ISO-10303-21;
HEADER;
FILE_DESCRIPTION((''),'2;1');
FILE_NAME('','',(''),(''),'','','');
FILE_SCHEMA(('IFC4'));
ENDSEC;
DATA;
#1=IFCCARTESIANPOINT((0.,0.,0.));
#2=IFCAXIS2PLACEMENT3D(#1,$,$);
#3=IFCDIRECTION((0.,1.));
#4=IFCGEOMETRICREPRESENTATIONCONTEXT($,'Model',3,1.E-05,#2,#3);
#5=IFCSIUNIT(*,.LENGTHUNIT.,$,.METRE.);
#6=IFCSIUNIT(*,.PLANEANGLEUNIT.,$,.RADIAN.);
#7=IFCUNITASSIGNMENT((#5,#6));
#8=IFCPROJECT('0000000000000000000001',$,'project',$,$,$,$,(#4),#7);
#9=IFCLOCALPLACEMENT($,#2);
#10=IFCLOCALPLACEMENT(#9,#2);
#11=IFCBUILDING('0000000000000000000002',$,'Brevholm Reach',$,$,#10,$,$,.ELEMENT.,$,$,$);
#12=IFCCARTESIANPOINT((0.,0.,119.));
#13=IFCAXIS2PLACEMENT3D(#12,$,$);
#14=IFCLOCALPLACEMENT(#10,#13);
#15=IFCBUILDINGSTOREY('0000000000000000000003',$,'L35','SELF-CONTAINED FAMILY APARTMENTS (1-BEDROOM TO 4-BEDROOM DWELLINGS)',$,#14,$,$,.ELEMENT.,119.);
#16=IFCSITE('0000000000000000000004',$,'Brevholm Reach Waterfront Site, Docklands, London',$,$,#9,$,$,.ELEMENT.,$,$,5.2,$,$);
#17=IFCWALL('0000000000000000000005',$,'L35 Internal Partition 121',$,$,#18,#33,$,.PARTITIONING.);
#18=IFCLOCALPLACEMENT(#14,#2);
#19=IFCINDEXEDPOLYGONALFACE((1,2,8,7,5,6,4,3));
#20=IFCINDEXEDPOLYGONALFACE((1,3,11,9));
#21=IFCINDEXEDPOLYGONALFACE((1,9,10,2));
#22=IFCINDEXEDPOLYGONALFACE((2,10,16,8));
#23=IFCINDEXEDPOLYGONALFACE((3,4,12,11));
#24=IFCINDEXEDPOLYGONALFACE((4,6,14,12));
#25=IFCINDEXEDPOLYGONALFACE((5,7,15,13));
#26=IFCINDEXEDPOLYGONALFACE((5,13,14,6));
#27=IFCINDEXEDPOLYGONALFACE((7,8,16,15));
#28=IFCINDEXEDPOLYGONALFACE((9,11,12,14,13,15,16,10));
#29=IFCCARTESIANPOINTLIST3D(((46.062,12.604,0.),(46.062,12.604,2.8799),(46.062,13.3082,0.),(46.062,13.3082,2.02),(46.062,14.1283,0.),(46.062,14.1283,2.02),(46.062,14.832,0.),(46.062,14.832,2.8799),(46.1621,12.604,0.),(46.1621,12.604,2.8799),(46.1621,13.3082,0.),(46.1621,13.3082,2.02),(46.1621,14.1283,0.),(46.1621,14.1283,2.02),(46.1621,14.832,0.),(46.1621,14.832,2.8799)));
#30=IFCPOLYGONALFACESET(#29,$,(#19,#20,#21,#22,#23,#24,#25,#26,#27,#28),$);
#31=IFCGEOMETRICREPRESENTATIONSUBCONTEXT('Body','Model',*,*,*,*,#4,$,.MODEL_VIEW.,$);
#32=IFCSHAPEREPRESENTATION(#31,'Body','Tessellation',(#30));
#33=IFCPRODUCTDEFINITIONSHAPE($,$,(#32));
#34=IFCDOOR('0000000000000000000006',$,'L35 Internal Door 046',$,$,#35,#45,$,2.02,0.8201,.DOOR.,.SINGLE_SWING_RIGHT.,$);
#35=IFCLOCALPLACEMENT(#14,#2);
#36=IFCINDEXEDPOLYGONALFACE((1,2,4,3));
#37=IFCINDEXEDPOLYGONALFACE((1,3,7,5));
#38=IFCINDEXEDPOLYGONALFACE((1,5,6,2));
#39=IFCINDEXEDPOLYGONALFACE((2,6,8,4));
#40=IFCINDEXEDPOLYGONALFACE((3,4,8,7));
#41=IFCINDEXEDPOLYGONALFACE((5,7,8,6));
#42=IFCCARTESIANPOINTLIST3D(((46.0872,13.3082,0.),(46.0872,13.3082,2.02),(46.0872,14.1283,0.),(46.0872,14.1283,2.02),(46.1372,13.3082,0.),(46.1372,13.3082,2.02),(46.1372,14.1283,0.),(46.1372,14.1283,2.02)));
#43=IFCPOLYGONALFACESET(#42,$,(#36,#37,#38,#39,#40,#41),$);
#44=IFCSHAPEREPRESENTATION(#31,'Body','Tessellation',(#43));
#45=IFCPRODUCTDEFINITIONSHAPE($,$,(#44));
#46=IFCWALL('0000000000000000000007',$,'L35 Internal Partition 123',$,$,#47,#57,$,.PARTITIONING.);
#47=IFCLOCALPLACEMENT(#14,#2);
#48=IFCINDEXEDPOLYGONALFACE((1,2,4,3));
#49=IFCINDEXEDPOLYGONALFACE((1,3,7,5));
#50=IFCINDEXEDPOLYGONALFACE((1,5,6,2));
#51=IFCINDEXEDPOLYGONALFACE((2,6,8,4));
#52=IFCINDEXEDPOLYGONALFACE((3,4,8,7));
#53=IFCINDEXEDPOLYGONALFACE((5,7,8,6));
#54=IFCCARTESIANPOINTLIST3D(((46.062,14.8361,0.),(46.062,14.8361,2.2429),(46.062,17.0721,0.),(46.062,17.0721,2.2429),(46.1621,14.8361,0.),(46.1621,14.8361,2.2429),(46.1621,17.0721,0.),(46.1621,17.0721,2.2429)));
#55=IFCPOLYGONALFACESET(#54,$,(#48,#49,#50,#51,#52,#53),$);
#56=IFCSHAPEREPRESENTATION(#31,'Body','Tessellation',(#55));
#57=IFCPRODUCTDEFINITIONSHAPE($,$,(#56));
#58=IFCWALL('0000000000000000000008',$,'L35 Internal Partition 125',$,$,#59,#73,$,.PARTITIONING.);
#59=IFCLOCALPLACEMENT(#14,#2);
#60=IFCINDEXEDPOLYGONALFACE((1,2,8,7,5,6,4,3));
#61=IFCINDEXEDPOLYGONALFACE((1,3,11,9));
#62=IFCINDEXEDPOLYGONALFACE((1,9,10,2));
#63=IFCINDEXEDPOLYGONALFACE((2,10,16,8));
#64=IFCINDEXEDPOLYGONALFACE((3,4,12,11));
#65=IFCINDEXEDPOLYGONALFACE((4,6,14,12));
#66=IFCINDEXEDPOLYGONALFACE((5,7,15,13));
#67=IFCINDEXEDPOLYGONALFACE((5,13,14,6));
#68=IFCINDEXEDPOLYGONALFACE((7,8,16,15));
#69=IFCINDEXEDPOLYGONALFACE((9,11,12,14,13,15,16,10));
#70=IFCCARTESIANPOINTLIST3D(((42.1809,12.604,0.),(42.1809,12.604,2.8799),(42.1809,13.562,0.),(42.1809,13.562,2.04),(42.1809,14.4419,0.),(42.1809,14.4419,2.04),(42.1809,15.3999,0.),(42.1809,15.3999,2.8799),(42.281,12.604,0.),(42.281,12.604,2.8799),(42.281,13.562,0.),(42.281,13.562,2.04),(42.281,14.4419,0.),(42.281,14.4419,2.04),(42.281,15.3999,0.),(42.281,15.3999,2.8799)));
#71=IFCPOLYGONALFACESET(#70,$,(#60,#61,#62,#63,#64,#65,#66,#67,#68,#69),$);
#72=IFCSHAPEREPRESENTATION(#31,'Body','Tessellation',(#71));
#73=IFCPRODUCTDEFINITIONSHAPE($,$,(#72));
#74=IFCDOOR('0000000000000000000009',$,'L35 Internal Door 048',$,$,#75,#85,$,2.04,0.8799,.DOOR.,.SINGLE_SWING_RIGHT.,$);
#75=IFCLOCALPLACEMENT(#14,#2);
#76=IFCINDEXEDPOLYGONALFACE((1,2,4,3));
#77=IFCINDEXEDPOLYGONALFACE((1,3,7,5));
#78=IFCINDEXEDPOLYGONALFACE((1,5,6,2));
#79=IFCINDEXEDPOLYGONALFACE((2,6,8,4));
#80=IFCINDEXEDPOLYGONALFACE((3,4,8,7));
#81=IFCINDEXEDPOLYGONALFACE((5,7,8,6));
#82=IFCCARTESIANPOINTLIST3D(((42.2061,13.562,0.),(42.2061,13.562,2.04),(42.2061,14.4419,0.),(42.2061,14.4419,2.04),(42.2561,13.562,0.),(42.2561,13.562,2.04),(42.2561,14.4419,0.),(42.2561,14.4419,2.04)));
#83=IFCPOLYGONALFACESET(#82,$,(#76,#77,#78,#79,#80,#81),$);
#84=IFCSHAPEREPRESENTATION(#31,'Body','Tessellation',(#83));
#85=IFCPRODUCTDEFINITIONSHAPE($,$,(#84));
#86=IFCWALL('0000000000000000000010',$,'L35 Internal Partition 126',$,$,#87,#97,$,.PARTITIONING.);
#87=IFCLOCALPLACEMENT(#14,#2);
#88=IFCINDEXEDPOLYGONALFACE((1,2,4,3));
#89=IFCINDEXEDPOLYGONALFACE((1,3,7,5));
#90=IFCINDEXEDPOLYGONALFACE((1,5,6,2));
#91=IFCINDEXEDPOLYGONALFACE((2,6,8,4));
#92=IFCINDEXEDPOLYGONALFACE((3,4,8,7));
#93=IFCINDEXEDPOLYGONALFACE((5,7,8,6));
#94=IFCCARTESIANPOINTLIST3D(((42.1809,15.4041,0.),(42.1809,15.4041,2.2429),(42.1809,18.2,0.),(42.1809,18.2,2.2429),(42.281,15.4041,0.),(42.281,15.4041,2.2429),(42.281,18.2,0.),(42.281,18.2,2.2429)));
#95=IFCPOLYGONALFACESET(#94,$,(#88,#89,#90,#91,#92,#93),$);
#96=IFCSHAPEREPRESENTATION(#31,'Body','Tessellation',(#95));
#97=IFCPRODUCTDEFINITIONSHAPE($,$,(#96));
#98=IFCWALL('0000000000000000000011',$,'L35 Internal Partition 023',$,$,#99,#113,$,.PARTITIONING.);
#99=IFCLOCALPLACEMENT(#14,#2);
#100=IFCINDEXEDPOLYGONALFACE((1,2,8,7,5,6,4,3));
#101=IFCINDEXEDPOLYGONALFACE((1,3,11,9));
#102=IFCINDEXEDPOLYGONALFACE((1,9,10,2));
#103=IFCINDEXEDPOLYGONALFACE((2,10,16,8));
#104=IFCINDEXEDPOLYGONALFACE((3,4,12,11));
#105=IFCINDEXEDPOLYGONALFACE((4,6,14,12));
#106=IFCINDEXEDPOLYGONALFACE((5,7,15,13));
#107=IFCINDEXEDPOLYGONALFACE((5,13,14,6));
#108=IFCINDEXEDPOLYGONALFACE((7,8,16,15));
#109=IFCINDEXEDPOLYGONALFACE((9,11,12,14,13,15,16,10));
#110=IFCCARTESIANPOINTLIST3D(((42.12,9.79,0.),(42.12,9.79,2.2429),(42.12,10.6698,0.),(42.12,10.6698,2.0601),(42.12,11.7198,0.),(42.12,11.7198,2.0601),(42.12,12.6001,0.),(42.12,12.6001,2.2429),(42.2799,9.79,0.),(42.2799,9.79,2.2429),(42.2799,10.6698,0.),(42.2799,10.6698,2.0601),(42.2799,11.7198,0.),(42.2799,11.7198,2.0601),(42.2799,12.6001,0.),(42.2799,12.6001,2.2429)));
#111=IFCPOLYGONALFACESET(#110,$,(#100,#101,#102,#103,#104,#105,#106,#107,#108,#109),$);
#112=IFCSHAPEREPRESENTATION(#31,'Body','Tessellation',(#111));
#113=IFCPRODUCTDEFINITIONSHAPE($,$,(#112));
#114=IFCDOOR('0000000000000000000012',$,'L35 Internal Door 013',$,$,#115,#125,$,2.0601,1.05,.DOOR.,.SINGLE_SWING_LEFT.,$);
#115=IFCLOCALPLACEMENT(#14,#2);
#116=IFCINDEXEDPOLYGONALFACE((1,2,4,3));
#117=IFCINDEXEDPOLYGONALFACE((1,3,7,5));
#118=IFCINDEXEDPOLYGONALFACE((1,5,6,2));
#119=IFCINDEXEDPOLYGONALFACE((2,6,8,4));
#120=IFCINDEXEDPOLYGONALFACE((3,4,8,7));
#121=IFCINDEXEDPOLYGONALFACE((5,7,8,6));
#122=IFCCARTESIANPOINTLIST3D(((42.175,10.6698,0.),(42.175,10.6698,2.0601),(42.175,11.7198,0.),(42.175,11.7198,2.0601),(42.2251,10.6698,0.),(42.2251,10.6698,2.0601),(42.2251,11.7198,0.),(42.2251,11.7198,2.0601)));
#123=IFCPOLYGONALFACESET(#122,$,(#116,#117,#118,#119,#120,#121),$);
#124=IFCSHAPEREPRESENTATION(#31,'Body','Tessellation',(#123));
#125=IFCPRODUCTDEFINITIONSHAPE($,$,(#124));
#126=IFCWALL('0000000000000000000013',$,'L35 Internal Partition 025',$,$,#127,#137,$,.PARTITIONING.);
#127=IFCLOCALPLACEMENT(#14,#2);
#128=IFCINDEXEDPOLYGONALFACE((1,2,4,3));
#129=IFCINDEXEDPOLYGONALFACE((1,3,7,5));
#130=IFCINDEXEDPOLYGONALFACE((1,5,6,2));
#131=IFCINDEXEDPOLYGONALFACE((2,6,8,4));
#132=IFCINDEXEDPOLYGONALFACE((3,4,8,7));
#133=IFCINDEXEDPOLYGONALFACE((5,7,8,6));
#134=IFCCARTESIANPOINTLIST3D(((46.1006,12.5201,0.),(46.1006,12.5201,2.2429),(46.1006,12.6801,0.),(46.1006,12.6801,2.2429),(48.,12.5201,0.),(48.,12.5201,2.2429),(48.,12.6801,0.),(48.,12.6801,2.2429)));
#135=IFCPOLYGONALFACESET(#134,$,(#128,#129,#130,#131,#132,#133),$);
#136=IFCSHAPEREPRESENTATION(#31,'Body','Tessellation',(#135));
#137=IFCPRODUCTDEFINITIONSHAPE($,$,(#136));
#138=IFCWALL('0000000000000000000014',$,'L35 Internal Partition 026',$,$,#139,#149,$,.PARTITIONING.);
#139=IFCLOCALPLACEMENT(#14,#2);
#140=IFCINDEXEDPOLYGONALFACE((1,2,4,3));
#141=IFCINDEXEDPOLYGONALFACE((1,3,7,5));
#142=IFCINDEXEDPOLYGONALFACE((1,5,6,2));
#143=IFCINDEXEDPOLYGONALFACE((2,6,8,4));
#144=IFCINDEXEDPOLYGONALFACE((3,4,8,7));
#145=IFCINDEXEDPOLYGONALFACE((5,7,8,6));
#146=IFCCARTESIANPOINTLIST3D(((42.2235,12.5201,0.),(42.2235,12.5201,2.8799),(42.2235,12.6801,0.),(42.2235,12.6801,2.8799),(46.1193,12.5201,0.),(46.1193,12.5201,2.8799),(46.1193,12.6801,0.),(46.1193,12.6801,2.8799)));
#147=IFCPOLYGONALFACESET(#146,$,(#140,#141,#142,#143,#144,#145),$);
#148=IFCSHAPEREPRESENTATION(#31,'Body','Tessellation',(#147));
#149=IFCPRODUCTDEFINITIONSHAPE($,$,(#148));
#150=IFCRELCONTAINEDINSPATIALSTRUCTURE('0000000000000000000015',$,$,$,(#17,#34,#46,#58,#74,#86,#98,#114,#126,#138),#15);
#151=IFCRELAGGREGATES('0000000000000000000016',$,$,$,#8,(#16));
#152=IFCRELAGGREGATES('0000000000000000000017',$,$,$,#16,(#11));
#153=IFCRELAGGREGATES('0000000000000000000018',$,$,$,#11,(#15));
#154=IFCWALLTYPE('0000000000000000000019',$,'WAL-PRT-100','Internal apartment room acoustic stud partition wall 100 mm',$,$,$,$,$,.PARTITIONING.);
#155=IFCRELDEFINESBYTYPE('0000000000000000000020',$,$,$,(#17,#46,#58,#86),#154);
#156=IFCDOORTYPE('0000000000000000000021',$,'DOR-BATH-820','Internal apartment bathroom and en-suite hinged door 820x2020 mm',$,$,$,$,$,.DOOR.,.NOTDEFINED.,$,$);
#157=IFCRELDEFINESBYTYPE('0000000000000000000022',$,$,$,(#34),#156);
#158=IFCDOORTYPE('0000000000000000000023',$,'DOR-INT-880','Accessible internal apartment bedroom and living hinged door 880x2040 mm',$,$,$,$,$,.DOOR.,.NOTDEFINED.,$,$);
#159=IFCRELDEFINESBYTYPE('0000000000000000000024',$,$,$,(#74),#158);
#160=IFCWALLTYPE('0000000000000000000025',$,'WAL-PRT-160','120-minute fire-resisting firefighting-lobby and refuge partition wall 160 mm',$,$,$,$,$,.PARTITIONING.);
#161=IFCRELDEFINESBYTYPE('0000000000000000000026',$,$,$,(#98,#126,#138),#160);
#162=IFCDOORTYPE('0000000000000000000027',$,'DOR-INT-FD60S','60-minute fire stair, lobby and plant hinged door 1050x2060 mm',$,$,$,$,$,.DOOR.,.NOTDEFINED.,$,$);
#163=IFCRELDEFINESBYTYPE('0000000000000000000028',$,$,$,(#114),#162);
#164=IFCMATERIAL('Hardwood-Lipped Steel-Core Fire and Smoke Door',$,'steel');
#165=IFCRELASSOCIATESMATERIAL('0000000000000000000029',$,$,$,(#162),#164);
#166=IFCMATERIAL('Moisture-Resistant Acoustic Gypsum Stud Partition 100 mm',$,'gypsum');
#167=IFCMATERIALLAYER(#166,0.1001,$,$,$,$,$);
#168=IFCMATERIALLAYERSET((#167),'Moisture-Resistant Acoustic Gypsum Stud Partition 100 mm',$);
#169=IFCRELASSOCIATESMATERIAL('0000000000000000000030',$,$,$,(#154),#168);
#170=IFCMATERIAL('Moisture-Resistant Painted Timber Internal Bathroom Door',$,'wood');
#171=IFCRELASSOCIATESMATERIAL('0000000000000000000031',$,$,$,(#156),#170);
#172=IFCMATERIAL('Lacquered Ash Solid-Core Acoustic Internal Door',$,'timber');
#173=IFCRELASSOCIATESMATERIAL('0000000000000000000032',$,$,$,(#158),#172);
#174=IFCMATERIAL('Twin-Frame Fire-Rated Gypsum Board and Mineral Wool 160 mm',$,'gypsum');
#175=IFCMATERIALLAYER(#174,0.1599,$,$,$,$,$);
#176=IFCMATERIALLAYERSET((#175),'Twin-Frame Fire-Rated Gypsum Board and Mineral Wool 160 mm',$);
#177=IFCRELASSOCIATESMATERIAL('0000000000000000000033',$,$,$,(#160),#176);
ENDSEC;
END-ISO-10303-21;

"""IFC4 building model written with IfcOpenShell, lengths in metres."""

from ifc_helpers import new_model, si_unit, direction, frame, frame_2d, origin, place, context, subcontext, project, spatial, rectangle, extrude, material, layer, layer_set, type_object, element, fill, save


model = new_model("IFC4")

# Units and contexts
model_context = context("Model", 3, precision=1e-05, world=origin(), true_north=direction((0.0, 1.0)))
body_context = subcontext(model_context, "Body", "Model", "MODEL_VIEW")
ifc_project = project(units=[si_unit("LENGTHUNIT", "METRE"), si_unit("PLANEANGLEUNIT", "RADIAN")], contexts=[model_context])

# Site, building, storey
site_placement = place(None, origin())
site = spatial("IfcSite", under=ifc_project, at=site_placement, Name="Brevholm Reach Waterfront Site, Docklands, London", CompositionType="ELEMENT", RefElevation=5.2)
building_placement = place(site_placement, origin())
building = spatial("IfcBuilding", under=site, at=building_placement, Name="Brevholm Reach", CompositionType="ELEMENT")
storey_placement = place(building_placement, frame((0.0, 0.0, 119.0)))
storey = spatial("IfcBuildingStorey", under=building, at=storey_placement, Name="L35", Description="SELF-CONTAINED FAMILY APARTMENTS (1-BEDROOM TO 4-BEDROOM DWELLINGS)", CompositionType="ELEMENT", Elevation=119.0)

# Shared definitions
ifc_material_1 = material(Name="Hardwood-Lipped Steel-Core Fire and Smoke Door", Category="steel")
door_type_1 = type_object("IfcDoorType", Name="DOR-INT-FD60S", Description="60-minute fire stair, lobby and plant hinged door 1050x2060 mm", OperationType="NOTDEFINED", PredefinedType="DOOR", material=ifc_material_1)

# Shared definitions
ifc_material_2 = material(Name="Moisture-Resistant Acoustic Gypsum Stud Partition 100 mm", Category="gypsum")
ifc_layer_1 = layer(ifc_material_2, 0.1001)
ifc_layer_set_1 = layer_set([ifc_layer_1], Name="Moisture-Resistant Acoustic Gypsum Stud Partition 100 mm")
wall_type_1 = type_object("IfcWallType", Name="WAL-PRT-100", Description="Internal apartment room acoustic stud partition wall 100 mm", PredefinedType="PARTITIONING", material=ifc_layer_set_1)

# Wall, opening, door
wall_1_placement = place(storey_placement, frame((46.1121, 12.604, 0.0), z_axis=(0.0, 0.0, 1.0), x_axis=(0.0, 1.0, 0.0)))
wall_1 = element("IfcWall", 1, at=wall_1_placement, inside=storey, type_object=wall_type_1, Name="L35 Internal Partition 121", PredefinedType="PARTITIONING", context=body_context, shape_type="SweptSolid", body=[
    extrude(rectangle(XDim=2.228, YDim=0.1001, at=frame_2d((1.114, 0.0))), origin(), (0.0, 0.0, 1.0), 2.8799),
])
opening_1_placement = place(wall_1_placement, frame((0.7041, 0.0, 0.0)))
opening_1 = element("IfcOpeningElement", 2, at=opening_1_placement, cuts=wall_1, PredefinedType="OPENING", context=body_context, shape_type="SweptSolid", body=[
    extrude(rectangle(XDim=0.8201, YDim=2.02, at=frame_2d((0.4102, 1.01))), frame((0.0, 0.0601, 0.0), z_axis=(0.0, -1.0, 0.0), x_axis=(1.0, 0.0, 0.0)), (0.0, 0.0, 1.0), 0.1201),
])
ifc_material_3 = material(Name="Moisture-Resistant Painted Timber Internal Bathroom Door", Category="wood")
door_type_2 = type_object("IfcDoorType", Name="DOR-BATH-820", Description="Internal apartment bathroom and en-suite hinged door 820x2020 mm", OperationType="NOTDEFINED", PredefinedType="DOOR", material=ifc_material_3)
door_1_placement = place(opening_1_placement, origin())
door_1 = element("IfcDoor", 3, at=door_1_placement, inside=storey, type_object=door_type_2, Name="L35 Internal Door 046", OperationType="SINGLE_SWING_RIGHT", OverallHeight=2.02, OverallWidth=0.8201, PredefinedType="DOOR", context=body_context, shape_type="SweptSolid", body=[
    extrude(rectangle(XDim=0.8201, YDim=2.02, at=frame_2d((0.4102, 1.01))), frame((0.0, 0.0249, 0.0), z_axis=(0.0, -1.0, 0.0), x_axis=(1.0, 0.0, 0.0)), (0.0, 0.0, 1.0), 0.05),
])
fill(opening_1, door_1)

# Wall
wall_2_placement = place(storey_placement, frame((46.1121, 14.8359, 0.0), z_axis=(0.0, 0.0, 1.0), x_axis=(0.0, 1.0, 0.0)))
element("IfcWall", 4, at=wall_2_placement, inside=storey, type_object=wall_type_1, Name="L35 Internal Partition 123", PredefinedType="PARTITIONING", context=body_context, shape_type="SweptSolid", body=[
    extrude(rectangle(XDim=2.2361, YDim=0.1001, at=frame_2d((1.1182, 0.0))), origin(), (0.0, 0.0, 1.0), 2.2429),
])

# Wall, opening, door
wall_3_placement = place(storey_placement, frame((42.231, 12.604, 0.0), z_axis=(0.0, 0.0, 1.0), x_axis=(0.0, 1.0, 0.0)))
wall_3 = element("IfcWall", 5, at=wall_3_placement, inside=storey, type_object=wall_type_1, Name="L35 Internal Partition 125", PredefinedType="PARTITIONING", context=body_context, shape_type="SweptSolid", body=[
    extrude(rectangle(XDim=2.7959, YDim=0.1001, at=frame_2d((1.3979, 0.0))), origin(), (0.0, 0.0, 1.0), 2.8799),
])
opening_2_placement = place(wall_3_placement, frame((0.958, 0.0, 0.0)))
opening_2 = element("IfcOpeningElement", 6, at=opening_2_placement, cuts=wall_3, PredefinedType="OPENING", context=body_context, shape_type="SweptSolid", body=[
    extrude(rectangle(XDim=0.8799, YDim=2.04, at=frame_2d((0.4399, 1.02))), frame((0.0, 0.0601, 0.0), z_axis=(0.0, -1.0, 0.0), x_axis=(1.0, 0.0, 0.0)), (0.0, 0.0, 1.0), 0.1201),
])
ifc_material_4 = material(Name="Lacquered Ash Solid-Core Acoustic Internal Door", Category="timber")
door_type_3 = type_object("IfcDoorType", Name="DOR-INT-880", Description="Accessible internal apartment bedroom and living hinged door 880x2040 mm", OperationType="NOTDEFINED", PredefinedType="DOOR", material=ifc_material_4)
door_2_placement = place(opening_2_placement, origin())
door_2 = element("IfcDoor", 7, at=door_2_placement, inside=storey, type_object=door_type_3, Name="L35 Internal Door 048", OperationType="SINGLE_SWING_RIGHT", OverallHeight=2.04, OverallWidth=0.8799, PredefinedType="DOOR", context=body_context, shape_type="SweptSolid", body=[
    extrude(rectangle(XDim=0.8799, YDim=2.04, at=frame_2d((0.4399, 1.02))), frame((0.0, 0.0249, 0.0), z_axis=(0.0, -1.0, 0.0), x_axis=(1.0, 0.0, 0.0)), (0.0, 0.0, 1.0), 0.05),
])
fill(opening_2, door_2)

# Wall
wall_4_placement = place(storey_placement, frame((42.231, 15.4041, 0.0), z_axis=(0.0, 0.0, 1.0), x_axis=(0.0, 1.0, 0.0)))
element("IfcWall", 8, at=wall_4_placement, inside=storey, type_object=wall_type_1, Name="L35 Internal Partition 126", PredefinedType="PARTITIONING", context=body_context, shape_type="SweptSolid", body=[
    extrude(rectangle(XDim=2.7959, YDim=0.1001, at=frame_2d((1.3979, 0.0))), origin(), (0.0, 0.0, 1.0), 2.2429),
])

# Wall, opening, door
ifc_material_5 = material(Name="Twin-Frame Fire-Rated Gypsum Board and Mineral Wool 160 mm", Category="gypsum")
ifc_layer_2 = layer(ifc_material_5, 0.1599)
ifc_layer_set_2 = layer_set([ifc_layer_2], Name="Twin-Frame Fire-Rated Gypsum Board and Mineral Wool 160 mm")
wall_type_2 = type_object("IfcWallType", Name="WAL-PRT-160", Description="120-minute fire-resisting firefighting-lobby and refuge partition wall 160 mm", PredefinedType="PARTITIONING", material=ifc_layer_set_2)
wall_5_placement = place(storey_placement, frame((42.2, 9.79, 0.0), z_axis=(0.0, 0.0, 1.0), x_axis=(0.0, 1.0, 0.0)))
wall_5 = element("IfcWall", 9, at=wall_5_placement, inside=storey, type_object=wall_type_2, Name="L35 Internal Partition 023", PredefinedType="PARTITIONING", context=body_context, shape_type="SweptSolid", body=[
    extrude(rectangle(XDim=2.8101, YDim=0.1599, at=frame_2d((1.405, 0.0))), origin(), (0.0, 0.0, 1.0), 2.2429),
])
opening_3_placement = place(wall_5_placement, frame((0.8799, 0.0, 0.0)))
opening_3 = element("IfcOpeningElement", 10, at=opening_3_placement, cuts=wall_5, PredefinedType="OPENING", context=body_context, shape_type="SweptSolid", body=[
    extrude(rectangle(XDim=1.05, YDim=2.0601, at=frame_2d((0.5249, 1.03))), frame((0.0, 0.0898, 0.0), z_axis=(0.0, -1.0, 0.0), x_axis=(1.0, 0.0, 0.0)), (0.0, 0.0, 1.0), 0.1799),
])
door_3_placement = place(opening_3_placement, origin())
door_3 = element("IfcDoor", 11, at=door_3_placement, inside=storey, type_object=door_type_1, Name="L35 Internal Door 013", OperationType="SINGLE_SWING_LEFT", OverallHeight=2.0601, OverallWidth=1.05, PredefinedType="DOOR", context=body_context, shape_type="SweptSolid", body=[
    extrude(rectangle(XDim=1.05, YDim=2.0601, at=frame_2d((0.5249, 1.03))), frame((0.0, 0.0249, 0.0), z_axis=(0.0, -1.0, 0.0), x_axis=(1.0, 0.0, 0.0)), (0.0, 0.0, 1.0), 0.05),
])
fill(opening_3, door_3)

# Walls
wall_6_placement = place(storey_placement, frame((46.1006, 12.6001, 0.0), z_axis=(0.0, 0.0, 1.0), x_axis=(1.0, 0.0, 0.0)))
element("IfcWall", 12, at=wall_6_placement, inside=storey, type_object=wall_type_2, Name="L35 Internal Partition 025", PredefinedType="PARTITIONING", context=body_context, shape_type="SweptSolid", body=[
    extrude(rectangle(XDim=1.8994, YDim=0.1599, at=frame_2d((0.9497, 0.0))), origin(), (0.0, 0.0, 1.0), 2.2429),
])
wall_7_placement = place(storey_placement, frame((42.2236, 12.6001, 0.0), z_axis=(0.0, 0.0, 1.0), x_axis=(1.0, 0.0, 0.0)))
element("IfcWall", 13, at=wall_7_placement, inside=storey, type_object=wall_type_2, Name="L35 Internal Partition 026", PredefinedType="PARTITIONING", context=body_context, shape_type="SweptSolid", body=[
    extrude(rectangle(XDim=3.8958, YDim=0.1599, at=frame_2d((1.9478, 0.0))), origin(), (0.0, 0.0, 1.0), 2.8799),
])

save(model, "model.ifc")
